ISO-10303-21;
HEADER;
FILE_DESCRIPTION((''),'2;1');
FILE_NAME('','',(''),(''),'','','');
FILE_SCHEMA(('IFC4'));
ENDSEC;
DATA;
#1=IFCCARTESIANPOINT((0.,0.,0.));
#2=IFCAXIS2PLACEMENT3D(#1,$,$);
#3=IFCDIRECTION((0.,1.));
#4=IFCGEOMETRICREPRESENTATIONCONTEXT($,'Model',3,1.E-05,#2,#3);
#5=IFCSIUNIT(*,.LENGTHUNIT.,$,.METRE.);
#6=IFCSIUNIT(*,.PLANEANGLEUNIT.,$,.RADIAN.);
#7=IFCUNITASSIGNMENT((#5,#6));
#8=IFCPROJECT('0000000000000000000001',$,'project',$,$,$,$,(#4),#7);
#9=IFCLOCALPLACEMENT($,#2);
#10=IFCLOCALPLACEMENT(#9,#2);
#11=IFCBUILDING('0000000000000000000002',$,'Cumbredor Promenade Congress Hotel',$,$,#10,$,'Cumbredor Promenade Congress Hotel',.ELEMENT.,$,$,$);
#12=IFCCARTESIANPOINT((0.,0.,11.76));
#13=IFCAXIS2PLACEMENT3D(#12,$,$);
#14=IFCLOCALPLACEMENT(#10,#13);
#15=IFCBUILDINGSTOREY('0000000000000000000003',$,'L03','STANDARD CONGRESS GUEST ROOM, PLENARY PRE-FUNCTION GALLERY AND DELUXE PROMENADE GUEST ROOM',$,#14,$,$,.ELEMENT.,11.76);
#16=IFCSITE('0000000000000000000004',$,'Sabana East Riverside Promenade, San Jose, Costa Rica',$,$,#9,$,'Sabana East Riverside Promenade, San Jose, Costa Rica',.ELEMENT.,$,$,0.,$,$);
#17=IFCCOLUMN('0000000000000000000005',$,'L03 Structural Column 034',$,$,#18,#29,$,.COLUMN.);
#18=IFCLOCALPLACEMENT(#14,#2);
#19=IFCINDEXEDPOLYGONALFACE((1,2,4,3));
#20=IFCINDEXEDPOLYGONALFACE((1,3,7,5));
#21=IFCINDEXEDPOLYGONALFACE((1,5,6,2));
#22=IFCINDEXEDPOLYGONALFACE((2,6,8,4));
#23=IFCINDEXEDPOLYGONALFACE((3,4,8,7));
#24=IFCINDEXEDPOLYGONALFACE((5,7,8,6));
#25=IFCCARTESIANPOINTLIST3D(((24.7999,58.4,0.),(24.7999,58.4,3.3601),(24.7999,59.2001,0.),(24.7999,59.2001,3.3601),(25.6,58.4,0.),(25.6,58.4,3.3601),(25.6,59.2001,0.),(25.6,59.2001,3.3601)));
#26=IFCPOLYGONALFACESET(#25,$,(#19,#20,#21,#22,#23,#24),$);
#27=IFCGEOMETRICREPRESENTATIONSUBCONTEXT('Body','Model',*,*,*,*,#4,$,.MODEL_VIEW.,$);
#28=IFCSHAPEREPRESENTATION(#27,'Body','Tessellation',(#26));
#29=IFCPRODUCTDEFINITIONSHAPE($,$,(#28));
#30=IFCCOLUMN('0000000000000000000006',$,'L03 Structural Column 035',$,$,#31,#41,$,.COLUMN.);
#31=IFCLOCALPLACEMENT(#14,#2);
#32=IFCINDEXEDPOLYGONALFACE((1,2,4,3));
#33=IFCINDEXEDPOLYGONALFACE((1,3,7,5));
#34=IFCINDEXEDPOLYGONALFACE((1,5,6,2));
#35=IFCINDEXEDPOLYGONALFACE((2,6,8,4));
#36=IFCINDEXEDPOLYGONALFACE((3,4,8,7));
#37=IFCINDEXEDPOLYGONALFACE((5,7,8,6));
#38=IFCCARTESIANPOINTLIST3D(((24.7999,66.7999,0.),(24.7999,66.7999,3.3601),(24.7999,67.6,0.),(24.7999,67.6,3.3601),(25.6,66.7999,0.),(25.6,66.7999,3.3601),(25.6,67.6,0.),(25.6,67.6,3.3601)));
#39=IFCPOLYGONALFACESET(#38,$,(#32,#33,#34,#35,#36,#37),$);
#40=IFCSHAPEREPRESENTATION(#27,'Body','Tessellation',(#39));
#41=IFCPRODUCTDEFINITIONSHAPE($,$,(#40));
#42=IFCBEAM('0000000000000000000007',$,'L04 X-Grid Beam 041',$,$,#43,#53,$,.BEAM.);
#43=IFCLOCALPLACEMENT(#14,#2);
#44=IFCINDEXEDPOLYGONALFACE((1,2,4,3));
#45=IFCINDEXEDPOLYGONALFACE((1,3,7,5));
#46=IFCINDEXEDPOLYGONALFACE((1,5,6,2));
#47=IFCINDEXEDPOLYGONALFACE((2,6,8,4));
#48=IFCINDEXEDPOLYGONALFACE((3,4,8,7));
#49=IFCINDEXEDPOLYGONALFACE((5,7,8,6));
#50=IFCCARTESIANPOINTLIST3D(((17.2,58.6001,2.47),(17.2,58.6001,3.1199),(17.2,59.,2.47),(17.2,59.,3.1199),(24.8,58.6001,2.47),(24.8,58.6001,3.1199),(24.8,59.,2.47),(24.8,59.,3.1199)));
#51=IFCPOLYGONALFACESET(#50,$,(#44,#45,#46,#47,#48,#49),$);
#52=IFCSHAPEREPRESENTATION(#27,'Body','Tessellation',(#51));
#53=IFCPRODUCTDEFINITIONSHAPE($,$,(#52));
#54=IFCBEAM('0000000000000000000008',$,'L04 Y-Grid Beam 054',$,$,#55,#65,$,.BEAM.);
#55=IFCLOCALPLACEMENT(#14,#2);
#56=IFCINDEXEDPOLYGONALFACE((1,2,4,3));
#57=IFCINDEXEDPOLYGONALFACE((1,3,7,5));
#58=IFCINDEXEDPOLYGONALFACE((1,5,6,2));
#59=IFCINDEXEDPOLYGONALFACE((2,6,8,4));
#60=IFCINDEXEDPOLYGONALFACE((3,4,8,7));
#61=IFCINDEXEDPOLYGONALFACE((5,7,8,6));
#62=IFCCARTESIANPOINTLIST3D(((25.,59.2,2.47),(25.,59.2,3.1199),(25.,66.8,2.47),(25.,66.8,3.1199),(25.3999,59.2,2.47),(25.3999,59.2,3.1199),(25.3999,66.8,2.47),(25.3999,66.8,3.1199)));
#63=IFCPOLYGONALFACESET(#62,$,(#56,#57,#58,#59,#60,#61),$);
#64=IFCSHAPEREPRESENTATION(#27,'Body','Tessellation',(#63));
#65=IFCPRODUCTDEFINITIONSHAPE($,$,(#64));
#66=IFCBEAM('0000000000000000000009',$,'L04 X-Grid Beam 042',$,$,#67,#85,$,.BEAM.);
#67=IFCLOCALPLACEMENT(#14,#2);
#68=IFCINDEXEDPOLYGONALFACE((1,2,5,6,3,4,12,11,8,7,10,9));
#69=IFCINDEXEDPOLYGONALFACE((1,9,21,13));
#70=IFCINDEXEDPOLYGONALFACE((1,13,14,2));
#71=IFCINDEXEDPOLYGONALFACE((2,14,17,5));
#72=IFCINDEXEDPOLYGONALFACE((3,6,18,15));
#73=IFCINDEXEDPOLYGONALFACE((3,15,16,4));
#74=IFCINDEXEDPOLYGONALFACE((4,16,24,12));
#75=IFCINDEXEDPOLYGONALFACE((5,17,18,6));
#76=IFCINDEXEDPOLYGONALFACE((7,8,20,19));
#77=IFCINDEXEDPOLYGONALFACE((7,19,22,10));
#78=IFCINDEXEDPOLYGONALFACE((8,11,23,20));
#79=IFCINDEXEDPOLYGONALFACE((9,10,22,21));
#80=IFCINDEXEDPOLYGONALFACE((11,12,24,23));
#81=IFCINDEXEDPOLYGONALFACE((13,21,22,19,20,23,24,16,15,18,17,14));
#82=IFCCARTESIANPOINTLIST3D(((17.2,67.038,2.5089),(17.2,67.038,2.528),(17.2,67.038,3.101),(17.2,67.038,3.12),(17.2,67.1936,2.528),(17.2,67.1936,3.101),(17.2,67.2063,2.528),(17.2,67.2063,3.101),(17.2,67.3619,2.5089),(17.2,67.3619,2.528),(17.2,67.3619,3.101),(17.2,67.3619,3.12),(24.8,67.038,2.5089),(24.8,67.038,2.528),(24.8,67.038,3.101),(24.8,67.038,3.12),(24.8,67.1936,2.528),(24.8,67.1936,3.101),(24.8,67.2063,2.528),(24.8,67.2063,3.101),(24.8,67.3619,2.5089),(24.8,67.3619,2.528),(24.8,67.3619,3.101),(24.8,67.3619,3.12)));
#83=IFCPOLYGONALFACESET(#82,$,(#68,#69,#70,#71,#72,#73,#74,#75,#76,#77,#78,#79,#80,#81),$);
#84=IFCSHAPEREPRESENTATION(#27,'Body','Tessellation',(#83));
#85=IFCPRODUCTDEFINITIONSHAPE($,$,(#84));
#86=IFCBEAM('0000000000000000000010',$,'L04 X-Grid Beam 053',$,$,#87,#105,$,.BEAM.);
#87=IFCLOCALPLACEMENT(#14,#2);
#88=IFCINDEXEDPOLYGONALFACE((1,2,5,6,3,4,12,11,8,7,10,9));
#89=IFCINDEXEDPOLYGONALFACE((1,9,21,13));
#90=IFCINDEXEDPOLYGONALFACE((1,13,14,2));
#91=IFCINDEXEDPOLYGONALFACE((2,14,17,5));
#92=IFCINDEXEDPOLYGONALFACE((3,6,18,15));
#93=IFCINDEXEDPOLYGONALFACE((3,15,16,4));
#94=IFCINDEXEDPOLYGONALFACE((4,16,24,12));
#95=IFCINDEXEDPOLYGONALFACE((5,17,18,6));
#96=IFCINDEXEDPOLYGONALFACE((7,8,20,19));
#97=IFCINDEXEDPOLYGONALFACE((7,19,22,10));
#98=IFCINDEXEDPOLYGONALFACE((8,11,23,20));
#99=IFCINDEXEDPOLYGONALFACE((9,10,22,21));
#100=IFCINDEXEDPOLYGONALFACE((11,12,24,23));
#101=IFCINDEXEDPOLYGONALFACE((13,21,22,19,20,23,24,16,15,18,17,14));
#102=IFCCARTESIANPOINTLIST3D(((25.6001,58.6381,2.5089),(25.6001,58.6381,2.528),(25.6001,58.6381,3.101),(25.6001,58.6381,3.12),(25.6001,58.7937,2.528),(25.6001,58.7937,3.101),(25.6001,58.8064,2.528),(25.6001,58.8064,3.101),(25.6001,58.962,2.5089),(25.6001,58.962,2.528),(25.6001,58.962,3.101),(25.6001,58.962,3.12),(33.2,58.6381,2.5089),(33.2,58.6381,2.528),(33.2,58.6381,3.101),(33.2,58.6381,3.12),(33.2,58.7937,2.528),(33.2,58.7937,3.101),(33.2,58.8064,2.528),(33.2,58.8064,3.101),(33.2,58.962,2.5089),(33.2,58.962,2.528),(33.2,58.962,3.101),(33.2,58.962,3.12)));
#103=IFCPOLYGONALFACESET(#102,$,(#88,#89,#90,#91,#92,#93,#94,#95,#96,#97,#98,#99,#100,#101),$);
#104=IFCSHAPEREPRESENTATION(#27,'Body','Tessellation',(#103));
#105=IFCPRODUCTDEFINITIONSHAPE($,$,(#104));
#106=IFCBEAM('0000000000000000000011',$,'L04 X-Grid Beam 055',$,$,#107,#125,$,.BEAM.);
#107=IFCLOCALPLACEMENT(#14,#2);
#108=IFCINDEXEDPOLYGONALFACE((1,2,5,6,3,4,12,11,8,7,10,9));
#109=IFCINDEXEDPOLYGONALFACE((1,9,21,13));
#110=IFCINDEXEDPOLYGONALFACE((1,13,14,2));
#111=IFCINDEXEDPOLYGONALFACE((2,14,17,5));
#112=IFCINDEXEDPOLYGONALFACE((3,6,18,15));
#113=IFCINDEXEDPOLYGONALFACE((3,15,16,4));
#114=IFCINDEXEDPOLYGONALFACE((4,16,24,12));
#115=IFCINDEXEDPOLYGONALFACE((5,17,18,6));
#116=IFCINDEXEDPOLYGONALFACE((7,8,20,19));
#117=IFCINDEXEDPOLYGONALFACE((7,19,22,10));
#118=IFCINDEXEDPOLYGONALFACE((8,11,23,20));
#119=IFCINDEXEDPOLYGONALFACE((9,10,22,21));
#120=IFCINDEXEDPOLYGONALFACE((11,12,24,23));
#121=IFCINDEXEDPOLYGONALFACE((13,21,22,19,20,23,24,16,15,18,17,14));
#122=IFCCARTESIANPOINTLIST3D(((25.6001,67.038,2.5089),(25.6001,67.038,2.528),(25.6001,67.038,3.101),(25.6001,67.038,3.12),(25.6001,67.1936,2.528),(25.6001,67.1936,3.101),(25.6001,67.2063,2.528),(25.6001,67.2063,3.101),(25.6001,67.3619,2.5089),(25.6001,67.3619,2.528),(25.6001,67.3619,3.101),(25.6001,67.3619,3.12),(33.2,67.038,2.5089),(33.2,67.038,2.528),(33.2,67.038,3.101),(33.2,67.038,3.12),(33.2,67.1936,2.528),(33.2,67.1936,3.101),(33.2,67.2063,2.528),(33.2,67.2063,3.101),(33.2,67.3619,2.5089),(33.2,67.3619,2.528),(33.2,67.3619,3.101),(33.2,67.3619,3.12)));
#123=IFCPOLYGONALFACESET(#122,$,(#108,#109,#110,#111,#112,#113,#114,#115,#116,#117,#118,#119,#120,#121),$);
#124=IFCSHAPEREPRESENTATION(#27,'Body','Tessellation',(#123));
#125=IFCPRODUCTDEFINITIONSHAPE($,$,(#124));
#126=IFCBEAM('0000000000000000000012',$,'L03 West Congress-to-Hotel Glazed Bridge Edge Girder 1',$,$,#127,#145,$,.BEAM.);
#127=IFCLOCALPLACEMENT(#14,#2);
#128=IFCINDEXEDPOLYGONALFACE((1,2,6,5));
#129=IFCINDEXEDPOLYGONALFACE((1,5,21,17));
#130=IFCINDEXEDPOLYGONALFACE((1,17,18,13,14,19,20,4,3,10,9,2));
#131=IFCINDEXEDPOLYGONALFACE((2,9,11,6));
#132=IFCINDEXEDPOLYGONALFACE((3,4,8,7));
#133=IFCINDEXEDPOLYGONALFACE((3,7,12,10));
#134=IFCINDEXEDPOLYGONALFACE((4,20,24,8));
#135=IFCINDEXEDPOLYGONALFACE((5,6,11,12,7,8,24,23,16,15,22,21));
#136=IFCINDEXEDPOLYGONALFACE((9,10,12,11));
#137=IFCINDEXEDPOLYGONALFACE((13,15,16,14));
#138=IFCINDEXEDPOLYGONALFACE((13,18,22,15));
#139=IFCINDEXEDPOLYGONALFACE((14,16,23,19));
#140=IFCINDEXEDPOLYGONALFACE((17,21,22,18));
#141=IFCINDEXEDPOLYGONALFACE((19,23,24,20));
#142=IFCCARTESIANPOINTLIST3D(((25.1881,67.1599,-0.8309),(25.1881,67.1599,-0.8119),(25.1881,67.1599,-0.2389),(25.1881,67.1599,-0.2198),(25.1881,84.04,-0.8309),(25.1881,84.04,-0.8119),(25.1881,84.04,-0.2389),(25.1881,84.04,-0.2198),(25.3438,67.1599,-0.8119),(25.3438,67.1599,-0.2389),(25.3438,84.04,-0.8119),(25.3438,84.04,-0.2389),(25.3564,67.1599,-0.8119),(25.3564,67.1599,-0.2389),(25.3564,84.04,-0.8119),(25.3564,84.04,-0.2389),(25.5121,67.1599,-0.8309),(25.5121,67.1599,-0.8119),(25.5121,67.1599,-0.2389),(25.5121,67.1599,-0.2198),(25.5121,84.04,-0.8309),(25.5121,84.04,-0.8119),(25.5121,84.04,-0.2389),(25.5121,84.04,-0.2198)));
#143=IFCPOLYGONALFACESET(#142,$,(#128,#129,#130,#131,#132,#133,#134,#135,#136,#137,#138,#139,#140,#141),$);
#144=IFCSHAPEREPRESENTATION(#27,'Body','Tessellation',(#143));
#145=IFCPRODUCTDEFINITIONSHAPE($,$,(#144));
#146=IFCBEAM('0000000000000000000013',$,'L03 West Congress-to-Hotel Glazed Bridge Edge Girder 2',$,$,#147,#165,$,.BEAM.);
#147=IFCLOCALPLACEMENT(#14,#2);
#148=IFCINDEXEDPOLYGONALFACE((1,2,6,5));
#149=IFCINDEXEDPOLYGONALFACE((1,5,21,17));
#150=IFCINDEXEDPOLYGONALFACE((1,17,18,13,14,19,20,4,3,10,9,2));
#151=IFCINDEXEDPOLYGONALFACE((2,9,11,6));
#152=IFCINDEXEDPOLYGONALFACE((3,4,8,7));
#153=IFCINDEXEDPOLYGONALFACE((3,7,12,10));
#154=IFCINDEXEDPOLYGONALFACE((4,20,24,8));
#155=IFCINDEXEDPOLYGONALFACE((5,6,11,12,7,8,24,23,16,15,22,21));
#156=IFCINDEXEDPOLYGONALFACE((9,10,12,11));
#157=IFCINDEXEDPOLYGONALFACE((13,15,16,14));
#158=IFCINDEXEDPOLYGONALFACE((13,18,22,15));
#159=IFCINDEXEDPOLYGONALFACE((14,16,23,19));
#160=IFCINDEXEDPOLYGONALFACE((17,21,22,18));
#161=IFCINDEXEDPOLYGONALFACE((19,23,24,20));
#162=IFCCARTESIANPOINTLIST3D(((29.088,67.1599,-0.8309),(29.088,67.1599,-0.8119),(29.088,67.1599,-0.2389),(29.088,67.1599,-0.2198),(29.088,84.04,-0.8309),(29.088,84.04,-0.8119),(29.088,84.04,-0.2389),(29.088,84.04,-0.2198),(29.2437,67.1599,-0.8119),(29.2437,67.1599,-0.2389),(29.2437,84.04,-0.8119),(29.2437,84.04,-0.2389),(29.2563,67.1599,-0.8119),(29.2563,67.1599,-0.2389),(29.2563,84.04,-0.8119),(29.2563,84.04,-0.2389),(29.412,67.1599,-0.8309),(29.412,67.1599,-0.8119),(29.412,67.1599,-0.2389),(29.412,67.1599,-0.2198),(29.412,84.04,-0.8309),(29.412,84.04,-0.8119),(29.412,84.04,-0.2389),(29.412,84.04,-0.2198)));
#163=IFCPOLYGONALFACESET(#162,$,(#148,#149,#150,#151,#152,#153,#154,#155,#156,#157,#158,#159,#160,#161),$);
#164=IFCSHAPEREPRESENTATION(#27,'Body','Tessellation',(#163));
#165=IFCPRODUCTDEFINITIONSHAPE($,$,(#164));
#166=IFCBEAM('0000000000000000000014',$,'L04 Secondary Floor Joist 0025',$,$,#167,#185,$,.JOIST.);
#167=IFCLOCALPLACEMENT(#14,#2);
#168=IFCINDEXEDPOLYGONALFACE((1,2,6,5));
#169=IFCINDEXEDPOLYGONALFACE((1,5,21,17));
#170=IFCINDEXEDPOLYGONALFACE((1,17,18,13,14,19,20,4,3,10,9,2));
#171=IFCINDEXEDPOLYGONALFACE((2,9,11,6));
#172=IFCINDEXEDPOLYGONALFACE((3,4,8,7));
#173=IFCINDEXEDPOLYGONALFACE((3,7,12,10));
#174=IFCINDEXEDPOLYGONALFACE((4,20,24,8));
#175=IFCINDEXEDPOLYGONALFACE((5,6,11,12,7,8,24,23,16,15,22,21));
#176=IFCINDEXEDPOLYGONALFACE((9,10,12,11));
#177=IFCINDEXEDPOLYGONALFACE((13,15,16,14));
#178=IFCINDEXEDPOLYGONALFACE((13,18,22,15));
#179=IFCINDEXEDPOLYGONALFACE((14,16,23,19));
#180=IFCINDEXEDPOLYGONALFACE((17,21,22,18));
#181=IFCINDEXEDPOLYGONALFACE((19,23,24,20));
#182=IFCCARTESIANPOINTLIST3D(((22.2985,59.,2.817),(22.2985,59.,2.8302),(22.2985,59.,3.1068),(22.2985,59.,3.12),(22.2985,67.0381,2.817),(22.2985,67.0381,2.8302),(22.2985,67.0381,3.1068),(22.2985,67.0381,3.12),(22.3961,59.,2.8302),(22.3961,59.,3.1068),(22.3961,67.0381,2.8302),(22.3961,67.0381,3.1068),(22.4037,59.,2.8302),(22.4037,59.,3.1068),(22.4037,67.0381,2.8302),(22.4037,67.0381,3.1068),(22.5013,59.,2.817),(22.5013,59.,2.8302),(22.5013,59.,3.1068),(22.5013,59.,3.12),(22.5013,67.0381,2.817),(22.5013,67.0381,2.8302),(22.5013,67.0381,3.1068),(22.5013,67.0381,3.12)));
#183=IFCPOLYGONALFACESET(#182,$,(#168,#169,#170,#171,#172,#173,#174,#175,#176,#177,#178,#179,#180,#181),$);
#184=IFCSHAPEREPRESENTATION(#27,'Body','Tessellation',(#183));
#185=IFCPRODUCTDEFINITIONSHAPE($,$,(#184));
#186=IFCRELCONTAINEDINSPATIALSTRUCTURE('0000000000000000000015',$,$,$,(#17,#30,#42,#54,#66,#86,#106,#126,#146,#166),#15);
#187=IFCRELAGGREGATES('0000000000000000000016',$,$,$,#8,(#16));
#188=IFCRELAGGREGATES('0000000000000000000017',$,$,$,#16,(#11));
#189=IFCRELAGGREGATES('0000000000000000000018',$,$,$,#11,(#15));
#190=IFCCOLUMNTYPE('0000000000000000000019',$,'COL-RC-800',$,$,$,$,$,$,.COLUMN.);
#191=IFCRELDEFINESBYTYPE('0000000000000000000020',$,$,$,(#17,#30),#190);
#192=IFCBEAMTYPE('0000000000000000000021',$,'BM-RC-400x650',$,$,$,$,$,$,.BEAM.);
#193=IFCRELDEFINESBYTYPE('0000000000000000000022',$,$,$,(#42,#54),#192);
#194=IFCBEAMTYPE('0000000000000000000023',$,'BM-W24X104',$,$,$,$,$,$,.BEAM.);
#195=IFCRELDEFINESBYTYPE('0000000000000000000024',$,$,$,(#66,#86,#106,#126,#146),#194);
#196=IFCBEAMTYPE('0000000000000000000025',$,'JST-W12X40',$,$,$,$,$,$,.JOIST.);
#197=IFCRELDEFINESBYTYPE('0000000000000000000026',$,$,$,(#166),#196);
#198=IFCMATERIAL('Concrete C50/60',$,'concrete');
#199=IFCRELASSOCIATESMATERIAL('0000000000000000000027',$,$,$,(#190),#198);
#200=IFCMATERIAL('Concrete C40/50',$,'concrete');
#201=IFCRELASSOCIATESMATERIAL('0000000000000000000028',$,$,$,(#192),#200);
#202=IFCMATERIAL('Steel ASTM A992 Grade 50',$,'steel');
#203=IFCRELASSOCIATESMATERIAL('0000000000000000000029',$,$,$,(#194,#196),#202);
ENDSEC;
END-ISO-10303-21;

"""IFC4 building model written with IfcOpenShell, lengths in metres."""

from ifc_helpers import new_model, si_unit, direction, frame, origin, origin_2d, place, context, subcontext, project, spatial, rectangle, i_section, extrude, material, material_profile, profile_set, type_object, element, save


model = new_model("IFC4")

# Units and contexts
model_context = context("Model", 3, precision=1e-05, world=origin(), true_north=direction((0.0, 1.0)))
body_context = subcontext(model_context, "Body", "Model", "MODEL_VIEW")
ifc_project = project(units=[si_unit("LENGTHUNIT", "METRE"), si_unit("PLANEANGLEUNIT", "RADIAN")], contexts=[model_context])

# Site, building, storey
site_placement = place(None, origin())
site = spatial("IfcSite", under=ifc_project, at=site_placement, Name="Sabana East Riverside Promenade, San Jose, Costa Rica", LongName="Sabana East Riverside Promenade, San Jose, Costa Rica", CompositionType="ELEMENT", RefElevation=0.0)
building_placement = place(site_placement, origin())
building = spatial("IfcBuilding", under=site, at=building_placement, Name="Cumbredor Promenade Congress Hotel", LongName="Cumbredor Promenade Congress Hotel", CompositionType="ELEMENT")
storey_placement = place(building_placement, frame((0.0, 0.0, 11.76)))
storey = spatial("IfcBuildingStorey", under=building, at=storey_placement, Name="L03", Description="STANDARD CONGRESS GUEST ROOM, PLENARY PRE-FUNCTION GALLERY AND DELUXE PROMENADE GUEST ROOM", CompositionType="ELEMENT", Elevation=11.76)

# Columns
ifc_material_1 = material(Name="Concrete C50/60", Category="concrete")
ifc_material_profile_1 = material_profile(ifc_material_1, rectangle(XDim=0.8, YDim=0.8, at=origin_2d()), Name="RC 800x800")
ifc_profile_set_1 = profile_set([ifc_material_profile_1], Name="Concrete C50/60")
column_type = type_object("IfcColumnType", Name="COL-RC-800", PredefinedType="COLUMN", material=ifc_profile_set_1)
for number, where, z_axis, x_axis, name in (
    (1, (25.2, 58.8, 0.0), (0.0, 0.0, 1.0), (1.0, 0.0, 0.0), "L03 Structural Column 034"),
    (2, (25.2, 67.2, 0.0), (0.0, 0.0, 1.0), (1.0, 0.0, 0.0), "L03 Structural Column 035"),
):
    element("IfcColumn", number, at=place(storey_placement, frame(where, z_axis=z_axis, x_axis=x_axis)), inside=storey, type_object=column_type, Name=name, PredefinedType="COLUMN", context=body_context, shape_type="SweptSolid", body=[
        extrude(rectangle(XDim=0.8, YDim=0.8, at=origin_2d()), origin(), (0.0, 0.0, 1.0), 3.3601),
    ])

# Beams
ifc_material_2 = material(Name="Concrete C40/50", Category="concrete")
ifc_material_profile_2 = material_profile(ifc_material_2, rectangle(XDim=0.3999, YDim=0.6499, at=origin_2d()), Name="RC BEAM 400x650")
ifc_profile_set_2 = profile_set([ifc_material_profile_2], Name="Concrete C40/50")
beam_type_1 = type_object("IfcBeamType", Name="BM-RC-400x650", PredefinedType="BEAM", material=ifc_profile_set_2)
for number, where, z_axis, x_axis, name in (
    (3, (17.2, 58.8, 2.7949), (1.0, 0.0, 0.0), (0.0, 1.0, 0.0), "L04 X-Grid Beam 041"),
    (4, (25.2, 59.2, 2.7949), (0.0, 1.0, 0.0), (-1.0, 0.0, 0.0), "L04 Y-Grid Beam 054"),
):
    element("IfcBeam", number, at=place(storey_placement, frame(where, z_axis=z_axis, x_axis=x_axis)), inside=storey, type_object=beam_type_1, Name=name, PredefinedType="BEAM", context=body_context, shape_type="SweptSolid", body=[
        extrude(rectangle(XDim=0.3999, YDim=0.6499, at=origin_2d()), origin(), (0.0, 0.0, 1.0), 7.6001),
    ])
ifc_material_3 = material(Name="Steel ASTM A992 Grade 50", Category="steel")
ifc_material_profile_3 = material_profile(ifc_material_3, i_section(OverallWidth=0.324, OverallDepth=0.6111, WebThickness=0.0127, FlangeThickness=0.019, at=origin_2d()), Name="W24X104")
ifc_profile_set_3 = profile_set([ifc_material_profile_3], Name="Steel ASTM A992 Grade 50")
beam_type_2 = type_object("IfcBeamType", Name="BM-W24X104", PredefinedType="BEAM", material=ifc_profile_set_3)
beam_1_placement = place(storey_placement, frame((17.2, 67.2, 2.8145), z_axis=(1.0, 0.0, 0.0), x_axis=(0.0, 1.0, 0.0)))
element("IfcBeam", 5, at=beam_1_placement, inside=storey, type_object=beam_type_2, Name="L04 X-Grid Beam 042", PredefinedType="BEAM", context=body_context, shape_type="SweptSolid", body=[
    extrude(i_section(OverallWidth=0.324, OverallDepth=0.6111, WebThickness=0.0127, FlangeThickness=0.019, at=origin_2d()), origin(), (0.0, 0.0, 1.0), 7.6001),
])
for number, where, z_axis, x_axis, name in (
    (6, (25.6001, 58.8, 2.8145), (1.0, 0.0, 0.0), (0.0, 1.0, 0.0), "L04 X-Grid Beam 053"),
    (7, (25.6001, 67.2, 2.8145), (1.0, 0.0, 0.0), (0.0, 1.0, 0.0), "L04 X-Grid Beam 055"),
):
    element("IfcBeam", number, at=place(storey_placement, frame(where, z_axis=z_axis, x_axis=x_axis)), inside=storey, type_object=beam_type_2, Name=name, PredefinedType="BEAM", context=body_context, shape_type="SweptSolid", body=[
        extrude(i_section(OverallWidth=0.324, OverallDepth=0.6111, WebThickness=0.0127, FlangeThickness=0.019, at=origin_2d()), origin(), (0.0, 0.0, 1.0), 7.5999),
    ])
for number, where, z_axis, x_axis, name in (
    (8, (25.3501, 67.1599, -0.5254), (0.0, 1.0, 0.0), (-1.0, 0.0, 0.0), "L03 West Congress-to-Hotel Glazed Bridge Edge Girder 1"),
    (9, (29.25, 67.1599, -0.5254), (0.0, 1.0, 0.0), (-1.0, 0.0, 0.0), "L03 West Congress-to-Hotel Glazed Bridge Edge Girder 2"),
):
    element("IfcBeam", number, at=place(storey_placement, frame(where, z_axis=z_axis, x_axis=x_axis)), inside=storey, type_object=beam_type_2, Name=name, PredefinedType="BEAM", context=body_context, shape_type="SweptSolid", body=[
        extrude(i_section(OverallWidth=0.324, OverallDepth=0.6111, WebThickness=0.0127, FlangeThickness=0.019, at=origin_2d()), origin(), (0.0, 0.0, 1.0), 16.8801),
    ])
ifc_material_profile_4 = material_profile(ifc_material_3, i_section(OverallWidth=0.2029, OverallDepth=0.303, WebThickness=0.0076, FlangeThickness=0.0132, at=origin_2d()), Name="W12X40")
ifc_profile_set_4 = profile_set([ifc_material_profile_4], Name="Steel ASTM A992 Grade 50")
beam_type_3 = type_object("IfcBeamType", Name="JST-W12X40", PredefinedType="JOIST", material=ifc_profile_set_4)
beam_2_placement = place(storey_placement, frame((22.3999, 59.0, 2.9685), z_axis=(0.0, 1.0, 0.0), x_axis=(-1.0, 0.0, 0.0)))
element("IfcBeam", 10, at=beam_2_placement, inside=storey, type_object=beam_type_3, Name="L04 Secondary Floor Joist 0025", PredefinedType="JOIST", context=body_context, shape_type="SweptSolid", body=[
    extrude(i_section(OverallWidth=0.2029, OverallDepth=0.303, WebThickness=0.0076, FlangeThickness=0.0132, at=origin_2d()), origin(), (0.0, 0.0, 1.0), 8.0381),
])

save(model, "model.ifc")
